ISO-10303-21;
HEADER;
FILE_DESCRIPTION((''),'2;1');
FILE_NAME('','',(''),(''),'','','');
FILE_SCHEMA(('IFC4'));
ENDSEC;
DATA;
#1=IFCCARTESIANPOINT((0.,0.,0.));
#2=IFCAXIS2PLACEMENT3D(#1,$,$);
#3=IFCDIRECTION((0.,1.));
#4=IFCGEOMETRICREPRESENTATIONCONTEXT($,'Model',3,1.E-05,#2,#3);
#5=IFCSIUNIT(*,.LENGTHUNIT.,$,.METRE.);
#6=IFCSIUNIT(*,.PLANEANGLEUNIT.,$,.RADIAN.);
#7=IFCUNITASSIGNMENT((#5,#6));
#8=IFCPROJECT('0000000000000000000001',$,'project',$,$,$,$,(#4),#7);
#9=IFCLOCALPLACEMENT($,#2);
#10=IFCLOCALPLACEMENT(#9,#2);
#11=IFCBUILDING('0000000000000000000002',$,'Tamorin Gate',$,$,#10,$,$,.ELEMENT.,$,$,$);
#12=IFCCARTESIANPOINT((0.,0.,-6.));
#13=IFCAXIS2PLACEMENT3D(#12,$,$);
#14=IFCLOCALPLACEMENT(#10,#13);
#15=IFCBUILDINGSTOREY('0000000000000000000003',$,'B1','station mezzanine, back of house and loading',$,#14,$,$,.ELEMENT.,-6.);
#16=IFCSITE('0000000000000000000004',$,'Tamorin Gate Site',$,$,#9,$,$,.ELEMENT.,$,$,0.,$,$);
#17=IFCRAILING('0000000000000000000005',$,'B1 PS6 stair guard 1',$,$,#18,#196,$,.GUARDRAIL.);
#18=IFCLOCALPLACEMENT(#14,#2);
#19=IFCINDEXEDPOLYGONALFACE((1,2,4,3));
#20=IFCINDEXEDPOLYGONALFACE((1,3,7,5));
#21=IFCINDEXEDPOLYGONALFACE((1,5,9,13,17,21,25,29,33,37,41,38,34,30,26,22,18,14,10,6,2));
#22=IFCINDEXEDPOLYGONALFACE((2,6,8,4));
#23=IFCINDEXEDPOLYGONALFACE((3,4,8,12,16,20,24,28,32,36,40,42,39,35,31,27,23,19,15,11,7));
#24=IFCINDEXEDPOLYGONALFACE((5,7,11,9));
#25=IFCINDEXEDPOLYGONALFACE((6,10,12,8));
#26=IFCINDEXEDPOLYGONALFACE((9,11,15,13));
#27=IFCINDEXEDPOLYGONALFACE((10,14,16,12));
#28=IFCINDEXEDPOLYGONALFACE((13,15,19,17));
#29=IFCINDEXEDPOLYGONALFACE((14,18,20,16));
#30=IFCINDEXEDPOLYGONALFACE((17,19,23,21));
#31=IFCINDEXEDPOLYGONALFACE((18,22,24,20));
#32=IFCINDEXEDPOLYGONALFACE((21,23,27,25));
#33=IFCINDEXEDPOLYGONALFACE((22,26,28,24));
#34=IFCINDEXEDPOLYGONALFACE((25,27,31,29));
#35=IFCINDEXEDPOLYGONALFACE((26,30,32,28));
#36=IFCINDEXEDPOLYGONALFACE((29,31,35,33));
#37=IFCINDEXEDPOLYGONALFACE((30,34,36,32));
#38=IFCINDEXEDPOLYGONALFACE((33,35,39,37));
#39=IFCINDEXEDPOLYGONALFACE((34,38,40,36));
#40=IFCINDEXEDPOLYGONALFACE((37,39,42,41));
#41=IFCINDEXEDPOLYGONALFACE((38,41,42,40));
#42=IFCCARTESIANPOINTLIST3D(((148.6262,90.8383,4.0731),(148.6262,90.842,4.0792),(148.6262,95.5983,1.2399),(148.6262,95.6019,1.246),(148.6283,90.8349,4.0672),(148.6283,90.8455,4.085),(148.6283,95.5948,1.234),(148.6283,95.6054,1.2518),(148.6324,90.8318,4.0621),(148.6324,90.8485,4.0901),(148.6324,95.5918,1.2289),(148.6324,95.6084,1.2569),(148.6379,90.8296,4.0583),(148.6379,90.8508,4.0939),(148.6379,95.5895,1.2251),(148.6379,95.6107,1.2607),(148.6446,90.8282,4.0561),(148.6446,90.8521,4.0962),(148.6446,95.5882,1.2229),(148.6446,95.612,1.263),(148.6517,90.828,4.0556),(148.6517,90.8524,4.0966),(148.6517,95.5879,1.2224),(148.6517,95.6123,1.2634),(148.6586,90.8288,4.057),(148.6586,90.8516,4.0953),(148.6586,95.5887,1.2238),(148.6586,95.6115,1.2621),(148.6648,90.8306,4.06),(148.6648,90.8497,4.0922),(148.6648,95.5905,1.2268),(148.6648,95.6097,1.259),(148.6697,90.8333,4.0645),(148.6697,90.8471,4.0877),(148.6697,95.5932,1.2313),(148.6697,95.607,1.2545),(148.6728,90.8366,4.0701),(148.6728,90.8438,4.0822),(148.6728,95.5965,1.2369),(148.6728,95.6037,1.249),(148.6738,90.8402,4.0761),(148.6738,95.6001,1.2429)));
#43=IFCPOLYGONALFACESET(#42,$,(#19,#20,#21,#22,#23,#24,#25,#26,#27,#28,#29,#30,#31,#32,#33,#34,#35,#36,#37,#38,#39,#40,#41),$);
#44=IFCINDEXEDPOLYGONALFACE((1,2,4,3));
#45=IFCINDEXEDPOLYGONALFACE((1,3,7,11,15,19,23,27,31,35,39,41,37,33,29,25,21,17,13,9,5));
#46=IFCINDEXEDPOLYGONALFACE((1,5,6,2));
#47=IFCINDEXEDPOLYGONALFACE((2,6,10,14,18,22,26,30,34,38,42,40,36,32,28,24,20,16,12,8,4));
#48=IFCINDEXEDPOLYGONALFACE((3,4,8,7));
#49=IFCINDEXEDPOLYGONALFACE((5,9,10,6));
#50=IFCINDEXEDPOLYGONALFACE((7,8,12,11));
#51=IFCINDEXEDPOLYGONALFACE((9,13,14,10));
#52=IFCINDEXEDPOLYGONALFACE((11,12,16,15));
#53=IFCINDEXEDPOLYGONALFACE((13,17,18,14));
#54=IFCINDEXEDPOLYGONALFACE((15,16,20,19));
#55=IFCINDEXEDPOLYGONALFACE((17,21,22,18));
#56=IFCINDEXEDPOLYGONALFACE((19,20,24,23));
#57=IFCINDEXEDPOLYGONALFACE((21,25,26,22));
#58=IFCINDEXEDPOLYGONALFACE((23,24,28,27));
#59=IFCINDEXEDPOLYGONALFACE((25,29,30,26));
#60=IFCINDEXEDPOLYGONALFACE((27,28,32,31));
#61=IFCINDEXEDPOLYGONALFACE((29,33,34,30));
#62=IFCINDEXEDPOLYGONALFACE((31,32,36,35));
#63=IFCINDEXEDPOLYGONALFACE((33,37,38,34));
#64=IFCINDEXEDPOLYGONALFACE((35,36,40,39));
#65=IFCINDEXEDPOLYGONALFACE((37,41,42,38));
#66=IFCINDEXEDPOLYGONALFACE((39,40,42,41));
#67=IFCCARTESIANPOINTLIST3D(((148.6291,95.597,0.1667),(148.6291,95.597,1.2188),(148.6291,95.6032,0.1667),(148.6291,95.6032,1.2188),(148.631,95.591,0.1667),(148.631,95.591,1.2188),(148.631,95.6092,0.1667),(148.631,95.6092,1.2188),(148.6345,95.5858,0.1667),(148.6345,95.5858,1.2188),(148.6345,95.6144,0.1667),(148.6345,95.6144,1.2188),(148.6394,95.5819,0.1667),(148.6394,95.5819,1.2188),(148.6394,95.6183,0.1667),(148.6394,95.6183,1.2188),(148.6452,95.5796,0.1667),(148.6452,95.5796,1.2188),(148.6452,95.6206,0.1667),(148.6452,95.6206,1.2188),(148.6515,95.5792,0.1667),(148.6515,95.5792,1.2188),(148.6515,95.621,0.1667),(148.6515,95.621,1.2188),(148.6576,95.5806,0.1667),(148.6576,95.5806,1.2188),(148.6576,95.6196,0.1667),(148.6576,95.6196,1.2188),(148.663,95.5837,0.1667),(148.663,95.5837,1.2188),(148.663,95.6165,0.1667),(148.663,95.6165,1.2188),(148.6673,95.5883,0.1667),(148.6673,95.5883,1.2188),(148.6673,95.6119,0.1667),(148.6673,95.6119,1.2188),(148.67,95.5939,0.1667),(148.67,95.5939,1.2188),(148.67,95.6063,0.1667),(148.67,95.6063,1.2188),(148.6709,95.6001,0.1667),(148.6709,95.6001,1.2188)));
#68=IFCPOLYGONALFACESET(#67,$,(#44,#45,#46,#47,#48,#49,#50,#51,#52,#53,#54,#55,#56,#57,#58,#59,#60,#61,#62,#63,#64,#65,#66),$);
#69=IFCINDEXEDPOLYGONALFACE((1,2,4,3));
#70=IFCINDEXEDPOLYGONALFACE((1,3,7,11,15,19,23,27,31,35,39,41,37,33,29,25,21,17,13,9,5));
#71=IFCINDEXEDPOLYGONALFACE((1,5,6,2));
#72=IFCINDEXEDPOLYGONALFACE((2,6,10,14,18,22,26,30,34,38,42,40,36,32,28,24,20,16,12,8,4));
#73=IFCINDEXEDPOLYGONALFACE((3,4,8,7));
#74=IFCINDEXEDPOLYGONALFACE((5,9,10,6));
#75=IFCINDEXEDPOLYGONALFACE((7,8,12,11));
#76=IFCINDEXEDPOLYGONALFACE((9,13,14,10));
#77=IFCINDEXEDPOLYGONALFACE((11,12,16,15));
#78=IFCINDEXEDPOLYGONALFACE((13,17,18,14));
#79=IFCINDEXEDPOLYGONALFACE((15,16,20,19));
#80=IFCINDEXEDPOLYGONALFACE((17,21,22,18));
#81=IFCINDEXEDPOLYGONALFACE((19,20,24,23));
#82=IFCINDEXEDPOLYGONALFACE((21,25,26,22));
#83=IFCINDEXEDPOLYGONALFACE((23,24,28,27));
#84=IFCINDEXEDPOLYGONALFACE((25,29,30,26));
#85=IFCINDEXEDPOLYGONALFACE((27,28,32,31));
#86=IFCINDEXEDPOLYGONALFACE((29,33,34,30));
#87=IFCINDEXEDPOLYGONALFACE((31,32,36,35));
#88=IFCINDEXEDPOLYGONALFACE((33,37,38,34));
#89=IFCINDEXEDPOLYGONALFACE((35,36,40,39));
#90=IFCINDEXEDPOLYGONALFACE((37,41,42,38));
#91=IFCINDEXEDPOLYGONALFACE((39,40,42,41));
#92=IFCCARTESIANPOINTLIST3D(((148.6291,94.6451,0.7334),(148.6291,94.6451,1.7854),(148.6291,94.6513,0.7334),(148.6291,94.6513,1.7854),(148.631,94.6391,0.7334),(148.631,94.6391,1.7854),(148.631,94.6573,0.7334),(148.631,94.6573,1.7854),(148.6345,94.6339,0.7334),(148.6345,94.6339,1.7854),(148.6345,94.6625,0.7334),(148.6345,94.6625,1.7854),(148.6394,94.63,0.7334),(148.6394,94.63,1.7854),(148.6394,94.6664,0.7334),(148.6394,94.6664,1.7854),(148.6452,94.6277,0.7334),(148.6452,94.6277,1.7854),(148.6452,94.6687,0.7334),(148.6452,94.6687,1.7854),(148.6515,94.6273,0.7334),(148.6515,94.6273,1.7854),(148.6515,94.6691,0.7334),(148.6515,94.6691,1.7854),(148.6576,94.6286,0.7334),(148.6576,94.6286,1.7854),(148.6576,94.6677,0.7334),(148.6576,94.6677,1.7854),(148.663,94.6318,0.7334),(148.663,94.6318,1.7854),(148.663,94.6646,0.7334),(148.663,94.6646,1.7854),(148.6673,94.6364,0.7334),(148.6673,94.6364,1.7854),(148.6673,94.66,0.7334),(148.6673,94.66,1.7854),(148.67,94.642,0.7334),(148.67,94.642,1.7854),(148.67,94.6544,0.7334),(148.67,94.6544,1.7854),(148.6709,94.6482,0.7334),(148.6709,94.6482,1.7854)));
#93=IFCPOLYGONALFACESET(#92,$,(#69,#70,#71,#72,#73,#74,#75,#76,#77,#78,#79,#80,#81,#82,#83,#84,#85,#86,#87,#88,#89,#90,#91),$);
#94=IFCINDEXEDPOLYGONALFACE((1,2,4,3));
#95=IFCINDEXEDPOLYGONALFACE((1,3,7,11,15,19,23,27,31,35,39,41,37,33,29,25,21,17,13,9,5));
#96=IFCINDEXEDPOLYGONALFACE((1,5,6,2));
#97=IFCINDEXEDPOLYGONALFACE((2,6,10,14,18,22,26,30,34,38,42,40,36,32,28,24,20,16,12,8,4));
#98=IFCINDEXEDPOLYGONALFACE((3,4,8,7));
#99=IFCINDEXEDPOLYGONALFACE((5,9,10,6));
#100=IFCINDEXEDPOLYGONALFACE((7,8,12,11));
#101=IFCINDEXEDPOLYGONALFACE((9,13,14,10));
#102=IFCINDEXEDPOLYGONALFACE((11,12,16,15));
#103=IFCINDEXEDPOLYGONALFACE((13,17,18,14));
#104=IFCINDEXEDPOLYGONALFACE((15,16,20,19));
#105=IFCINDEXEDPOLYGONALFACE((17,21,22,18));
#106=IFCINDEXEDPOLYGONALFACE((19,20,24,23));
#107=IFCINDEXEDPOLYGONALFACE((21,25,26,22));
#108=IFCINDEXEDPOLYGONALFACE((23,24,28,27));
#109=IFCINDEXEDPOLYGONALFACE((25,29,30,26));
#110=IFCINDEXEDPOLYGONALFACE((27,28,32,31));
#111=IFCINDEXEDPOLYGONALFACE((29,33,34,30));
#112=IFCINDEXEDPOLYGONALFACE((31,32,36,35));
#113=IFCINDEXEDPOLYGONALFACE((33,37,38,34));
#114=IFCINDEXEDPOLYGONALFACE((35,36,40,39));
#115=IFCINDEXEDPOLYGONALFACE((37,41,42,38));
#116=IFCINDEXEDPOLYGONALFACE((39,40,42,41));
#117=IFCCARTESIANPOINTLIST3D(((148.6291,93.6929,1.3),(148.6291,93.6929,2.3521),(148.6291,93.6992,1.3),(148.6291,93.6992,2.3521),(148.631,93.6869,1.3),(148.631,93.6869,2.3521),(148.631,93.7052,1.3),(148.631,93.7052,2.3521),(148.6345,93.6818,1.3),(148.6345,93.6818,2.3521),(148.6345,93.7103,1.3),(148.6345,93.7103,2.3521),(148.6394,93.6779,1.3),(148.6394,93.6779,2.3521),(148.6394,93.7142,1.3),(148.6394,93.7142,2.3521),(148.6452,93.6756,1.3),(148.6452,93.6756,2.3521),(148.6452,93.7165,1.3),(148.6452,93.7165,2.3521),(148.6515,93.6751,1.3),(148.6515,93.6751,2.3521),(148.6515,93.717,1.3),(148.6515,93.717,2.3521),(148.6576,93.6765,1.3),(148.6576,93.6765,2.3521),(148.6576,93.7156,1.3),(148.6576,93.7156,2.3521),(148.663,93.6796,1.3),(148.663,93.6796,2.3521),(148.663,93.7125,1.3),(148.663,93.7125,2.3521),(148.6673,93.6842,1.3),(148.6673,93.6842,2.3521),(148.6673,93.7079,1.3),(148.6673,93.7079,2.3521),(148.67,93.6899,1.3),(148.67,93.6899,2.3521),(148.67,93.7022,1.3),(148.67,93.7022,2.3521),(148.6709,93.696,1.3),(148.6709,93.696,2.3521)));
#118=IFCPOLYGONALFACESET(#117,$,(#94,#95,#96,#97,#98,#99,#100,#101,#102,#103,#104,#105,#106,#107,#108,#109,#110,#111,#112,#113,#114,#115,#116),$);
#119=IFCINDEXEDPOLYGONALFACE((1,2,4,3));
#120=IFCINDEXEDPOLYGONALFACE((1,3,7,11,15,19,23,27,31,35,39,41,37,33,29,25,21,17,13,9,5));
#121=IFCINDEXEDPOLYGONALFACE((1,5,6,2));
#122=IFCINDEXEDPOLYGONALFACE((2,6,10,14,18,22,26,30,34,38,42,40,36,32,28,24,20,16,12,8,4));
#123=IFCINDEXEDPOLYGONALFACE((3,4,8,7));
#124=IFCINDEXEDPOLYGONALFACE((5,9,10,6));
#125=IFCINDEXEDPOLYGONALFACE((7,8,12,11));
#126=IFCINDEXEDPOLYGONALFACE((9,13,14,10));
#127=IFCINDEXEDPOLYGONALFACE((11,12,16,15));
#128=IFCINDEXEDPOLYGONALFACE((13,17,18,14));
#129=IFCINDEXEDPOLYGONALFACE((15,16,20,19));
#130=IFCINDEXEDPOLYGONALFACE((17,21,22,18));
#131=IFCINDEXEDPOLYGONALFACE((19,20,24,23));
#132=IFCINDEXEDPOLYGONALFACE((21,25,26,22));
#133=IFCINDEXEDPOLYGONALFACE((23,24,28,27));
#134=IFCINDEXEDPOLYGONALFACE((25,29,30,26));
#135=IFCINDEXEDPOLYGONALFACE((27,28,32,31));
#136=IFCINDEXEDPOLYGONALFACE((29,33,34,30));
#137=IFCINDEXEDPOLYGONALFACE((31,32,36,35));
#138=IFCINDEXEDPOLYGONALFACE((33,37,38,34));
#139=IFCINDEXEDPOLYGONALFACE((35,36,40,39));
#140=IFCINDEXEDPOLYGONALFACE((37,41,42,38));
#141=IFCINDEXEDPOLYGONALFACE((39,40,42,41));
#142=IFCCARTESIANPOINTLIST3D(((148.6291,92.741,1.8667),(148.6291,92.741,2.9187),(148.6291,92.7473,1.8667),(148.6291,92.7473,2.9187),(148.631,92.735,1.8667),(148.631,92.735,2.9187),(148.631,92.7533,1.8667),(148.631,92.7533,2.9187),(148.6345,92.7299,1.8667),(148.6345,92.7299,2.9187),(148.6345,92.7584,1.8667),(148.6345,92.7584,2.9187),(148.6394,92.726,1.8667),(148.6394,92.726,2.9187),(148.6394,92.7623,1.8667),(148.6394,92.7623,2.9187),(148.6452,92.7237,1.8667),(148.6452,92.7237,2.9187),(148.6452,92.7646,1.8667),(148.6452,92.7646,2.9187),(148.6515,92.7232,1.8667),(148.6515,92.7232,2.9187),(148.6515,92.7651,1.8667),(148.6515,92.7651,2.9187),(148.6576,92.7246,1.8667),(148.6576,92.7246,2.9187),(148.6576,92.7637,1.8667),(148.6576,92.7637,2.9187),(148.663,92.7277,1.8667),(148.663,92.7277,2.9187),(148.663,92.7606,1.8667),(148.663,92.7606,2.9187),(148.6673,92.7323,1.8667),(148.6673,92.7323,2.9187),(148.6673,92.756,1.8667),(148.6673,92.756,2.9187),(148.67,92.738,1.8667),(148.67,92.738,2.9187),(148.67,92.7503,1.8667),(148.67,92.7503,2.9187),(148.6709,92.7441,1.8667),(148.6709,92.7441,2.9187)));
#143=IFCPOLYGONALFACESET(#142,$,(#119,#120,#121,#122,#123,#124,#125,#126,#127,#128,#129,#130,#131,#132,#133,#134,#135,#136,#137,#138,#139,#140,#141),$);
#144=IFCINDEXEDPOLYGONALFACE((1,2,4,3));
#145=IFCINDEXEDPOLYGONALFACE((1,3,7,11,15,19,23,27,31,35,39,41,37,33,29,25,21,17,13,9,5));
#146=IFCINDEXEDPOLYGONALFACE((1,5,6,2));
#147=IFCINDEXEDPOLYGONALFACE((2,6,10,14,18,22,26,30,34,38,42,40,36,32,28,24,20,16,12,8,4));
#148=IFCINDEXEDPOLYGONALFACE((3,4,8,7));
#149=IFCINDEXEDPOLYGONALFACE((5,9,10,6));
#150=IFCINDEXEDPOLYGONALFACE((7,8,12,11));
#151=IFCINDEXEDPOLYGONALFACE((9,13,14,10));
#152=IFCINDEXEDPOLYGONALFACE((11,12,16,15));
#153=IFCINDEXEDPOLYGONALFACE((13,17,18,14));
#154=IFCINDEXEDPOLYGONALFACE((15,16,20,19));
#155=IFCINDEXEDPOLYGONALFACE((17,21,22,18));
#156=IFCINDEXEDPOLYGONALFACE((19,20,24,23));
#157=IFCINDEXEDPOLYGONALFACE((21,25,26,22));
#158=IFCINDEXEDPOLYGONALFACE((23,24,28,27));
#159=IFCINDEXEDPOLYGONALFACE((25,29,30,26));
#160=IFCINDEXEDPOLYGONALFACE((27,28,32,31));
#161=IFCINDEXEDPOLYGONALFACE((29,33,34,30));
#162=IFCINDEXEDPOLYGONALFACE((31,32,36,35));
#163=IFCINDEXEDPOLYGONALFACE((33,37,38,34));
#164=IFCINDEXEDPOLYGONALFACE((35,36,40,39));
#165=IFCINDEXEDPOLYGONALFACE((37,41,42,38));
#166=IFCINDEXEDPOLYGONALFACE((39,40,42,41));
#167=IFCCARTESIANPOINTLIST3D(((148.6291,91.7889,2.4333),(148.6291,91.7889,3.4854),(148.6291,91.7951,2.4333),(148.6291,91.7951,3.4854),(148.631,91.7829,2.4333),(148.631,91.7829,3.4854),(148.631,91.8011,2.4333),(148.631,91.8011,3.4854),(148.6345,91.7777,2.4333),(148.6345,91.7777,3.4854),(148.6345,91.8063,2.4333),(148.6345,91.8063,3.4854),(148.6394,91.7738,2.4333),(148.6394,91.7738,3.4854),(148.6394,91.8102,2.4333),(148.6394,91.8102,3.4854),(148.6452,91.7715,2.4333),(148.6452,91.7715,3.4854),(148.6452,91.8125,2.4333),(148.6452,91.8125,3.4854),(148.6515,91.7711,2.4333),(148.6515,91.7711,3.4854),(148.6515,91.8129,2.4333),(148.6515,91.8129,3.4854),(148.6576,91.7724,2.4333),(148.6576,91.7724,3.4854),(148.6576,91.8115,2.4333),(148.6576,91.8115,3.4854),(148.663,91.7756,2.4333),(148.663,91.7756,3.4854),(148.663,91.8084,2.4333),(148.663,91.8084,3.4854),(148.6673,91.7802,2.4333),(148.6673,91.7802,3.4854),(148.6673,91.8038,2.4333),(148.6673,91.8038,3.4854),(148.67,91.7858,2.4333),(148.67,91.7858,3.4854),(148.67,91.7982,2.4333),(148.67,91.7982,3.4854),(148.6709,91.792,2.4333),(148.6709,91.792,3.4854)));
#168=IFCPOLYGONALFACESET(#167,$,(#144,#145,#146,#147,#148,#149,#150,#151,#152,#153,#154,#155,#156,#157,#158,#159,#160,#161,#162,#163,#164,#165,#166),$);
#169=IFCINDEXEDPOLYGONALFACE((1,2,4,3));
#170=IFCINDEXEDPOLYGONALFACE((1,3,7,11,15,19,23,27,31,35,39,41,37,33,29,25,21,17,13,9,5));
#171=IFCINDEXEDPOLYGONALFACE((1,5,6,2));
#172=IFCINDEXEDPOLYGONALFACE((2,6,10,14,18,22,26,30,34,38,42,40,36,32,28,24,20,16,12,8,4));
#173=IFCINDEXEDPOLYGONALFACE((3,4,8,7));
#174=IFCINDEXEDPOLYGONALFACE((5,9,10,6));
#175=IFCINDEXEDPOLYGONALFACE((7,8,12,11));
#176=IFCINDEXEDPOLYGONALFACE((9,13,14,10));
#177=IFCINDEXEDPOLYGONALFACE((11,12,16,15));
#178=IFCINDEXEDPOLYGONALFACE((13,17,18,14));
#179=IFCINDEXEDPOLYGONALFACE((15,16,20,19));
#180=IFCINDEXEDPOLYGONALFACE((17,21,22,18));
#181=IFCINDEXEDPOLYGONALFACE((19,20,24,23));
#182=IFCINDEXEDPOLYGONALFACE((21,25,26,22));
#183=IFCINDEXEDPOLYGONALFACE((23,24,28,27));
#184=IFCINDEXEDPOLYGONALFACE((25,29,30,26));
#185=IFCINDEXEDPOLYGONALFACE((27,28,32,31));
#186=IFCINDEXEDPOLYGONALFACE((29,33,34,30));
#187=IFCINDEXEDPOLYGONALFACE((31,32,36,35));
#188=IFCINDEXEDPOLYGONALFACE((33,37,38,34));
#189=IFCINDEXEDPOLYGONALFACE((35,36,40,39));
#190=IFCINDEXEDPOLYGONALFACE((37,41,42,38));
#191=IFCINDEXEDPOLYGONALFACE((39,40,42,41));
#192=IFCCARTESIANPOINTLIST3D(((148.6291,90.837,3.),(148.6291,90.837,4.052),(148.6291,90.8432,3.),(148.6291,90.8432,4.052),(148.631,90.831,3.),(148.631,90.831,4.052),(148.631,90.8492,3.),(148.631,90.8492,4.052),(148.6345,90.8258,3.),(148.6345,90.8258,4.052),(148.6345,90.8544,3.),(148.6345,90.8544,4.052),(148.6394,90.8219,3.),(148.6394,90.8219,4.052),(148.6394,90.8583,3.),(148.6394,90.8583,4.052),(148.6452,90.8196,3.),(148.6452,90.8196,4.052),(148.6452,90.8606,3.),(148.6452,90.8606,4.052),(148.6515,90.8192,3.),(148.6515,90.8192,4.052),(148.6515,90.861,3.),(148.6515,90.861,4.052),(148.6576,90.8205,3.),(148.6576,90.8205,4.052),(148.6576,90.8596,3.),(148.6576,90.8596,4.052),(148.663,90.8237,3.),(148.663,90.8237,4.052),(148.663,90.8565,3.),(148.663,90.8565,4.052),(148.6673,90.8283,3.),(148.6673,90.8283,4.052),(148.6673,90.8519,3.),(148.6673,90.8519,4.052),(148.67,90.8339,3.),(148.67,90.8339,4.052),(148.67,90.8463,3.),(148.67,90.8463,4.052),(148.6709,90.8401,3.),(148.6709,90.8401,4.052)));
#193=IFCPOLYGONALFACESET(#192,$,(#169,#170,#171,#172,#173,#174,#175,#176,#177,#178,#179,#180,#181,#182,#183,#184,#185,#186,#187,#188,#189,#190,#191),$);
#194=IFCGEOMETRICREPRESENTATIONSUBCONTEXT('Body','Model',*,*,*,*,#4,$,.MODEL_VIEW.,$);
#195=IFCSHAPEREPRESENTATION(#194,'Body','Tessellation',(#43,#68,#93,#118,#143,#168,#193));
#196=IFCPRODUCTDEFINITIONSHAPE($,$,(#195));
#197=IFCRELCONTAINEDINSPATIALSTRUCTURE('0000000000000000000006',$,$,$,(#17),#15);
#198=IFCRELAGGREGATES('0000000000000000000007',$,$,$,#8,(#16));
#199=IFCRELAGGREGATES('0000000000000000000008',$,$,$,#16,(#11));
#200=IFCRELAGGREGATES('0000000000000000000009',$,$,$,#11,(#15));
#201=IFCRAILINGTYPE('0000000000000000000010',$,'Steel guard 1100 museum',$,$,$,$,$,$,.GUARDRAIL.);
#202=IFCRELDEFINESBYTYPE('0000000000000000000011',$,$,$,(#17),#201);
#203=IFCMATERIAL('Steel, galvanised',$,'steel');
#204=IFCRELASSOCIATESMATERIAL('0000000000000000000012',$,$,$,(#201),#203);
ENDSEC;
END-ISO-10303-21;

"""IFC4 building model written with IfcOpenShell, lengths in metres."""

from ifc_helpers import new_model, si_unit, direction, frame, origin, origin_2d, place, context, subcontext, project, spatial, circle, extrude, material, type_object, element, save


model = new_model("IFC4")

# Units and contexts
model_context = context("Model", 3, precision=1e-05, world=origin(), true_north=direction((0.0, 1.0)))
body_context = subcontext(model_context, "Body", "Model", "MODEL_VIEW")
ifc_project = project(units=[si_unit("LENGTHUNIT", "METRE"), si_unit("PLANEANGLEUNIT", "RADIAN")], contexts=[model_context])

# Site, building, storey
site_placement = place(None, origin())
site = spatial("IfcSite", under=ifc_project, at=site_placement, Name="Tamorin Gate Site", CompositionType="ELEMENT", RefElevation=0.0)
building_placement = place(site_placement, origin())
building = spatial("IfcBuilding", under=site, at=building_placement, Name="Tamorin Gate", CompositionType="ELEMENT")
storey_placement = place(building_placement, frame((0.0, 0.0, -6.0)))
storey = spatial("IfcBuildingStorey", under=building, at=storey_placement, Name="B1", Description="station mezzanine, back of house and loading", CompositionType="ELEMENT", Elevation=-6.0)

# Railing
ifc_material_1 = material(Name="Steel, galvanised", Category="steel")
railing_type_1 = type_object("IfcRailingType", Name="Steel guard 1100 museum", PredefinedType="GUARDRAIL", material=ifc_material_1)
railing_1_placement = place(storey_placement, frame((148.6499, 95.6001, 0.1667)))
element("IfcRailing", 1, at=railing_1_placement, inside=storey, type_object=railing_type_1, Name="B1 PS6 stair guard 1", PredefinedType="GUARDRAIL", context=body_context, shape_type="SweptSolid", body=[
    extrude(circle(Radius=0.0239, at=origin_2d()), frame((0.0, 0.0, 1.0762), z_axis=(0.0, -0.8593, 0.511472), x_axis=(1.0, 0.0, 0.0)), (0.0, 0.0, 1.0), 5.5393),
    extrude(circle(Radius=0.021, at=origin_2d()), origin(), (0.0, 0.0, 1.0), 1.052),
    extrude(circle(Radius=0.021, at=origin_2d()), frame((0.0, -0.9519, 0.5667)), (0.0, 0.0, 1.0), 1.052),
    extrude(circle(Radius=0.021, at=origin_2d()), frame((0.0, -1.9041, 1.1333)), (0.0, 0.0, 1.0), 1.052),
    extrude(circle(Radius=0.021, at=origin_2d()), frame((0.0, -2.856, 1.7)), (0.0, 0.0, 1.0), 1.052),
    extrude(circle(Radius=0.021, at=origin_2d()), frame((0.0, -3.8081, 2.2666)), (0.0, 0.0, 1.0), 1.052),
    extrude(circle(Radius=0.021, at=origin_2d()), frame((0.0, -4.76, 2.8333)), (0.0, 0.0, 1.0), 1.052),
])

save(model, "model.ifc")
